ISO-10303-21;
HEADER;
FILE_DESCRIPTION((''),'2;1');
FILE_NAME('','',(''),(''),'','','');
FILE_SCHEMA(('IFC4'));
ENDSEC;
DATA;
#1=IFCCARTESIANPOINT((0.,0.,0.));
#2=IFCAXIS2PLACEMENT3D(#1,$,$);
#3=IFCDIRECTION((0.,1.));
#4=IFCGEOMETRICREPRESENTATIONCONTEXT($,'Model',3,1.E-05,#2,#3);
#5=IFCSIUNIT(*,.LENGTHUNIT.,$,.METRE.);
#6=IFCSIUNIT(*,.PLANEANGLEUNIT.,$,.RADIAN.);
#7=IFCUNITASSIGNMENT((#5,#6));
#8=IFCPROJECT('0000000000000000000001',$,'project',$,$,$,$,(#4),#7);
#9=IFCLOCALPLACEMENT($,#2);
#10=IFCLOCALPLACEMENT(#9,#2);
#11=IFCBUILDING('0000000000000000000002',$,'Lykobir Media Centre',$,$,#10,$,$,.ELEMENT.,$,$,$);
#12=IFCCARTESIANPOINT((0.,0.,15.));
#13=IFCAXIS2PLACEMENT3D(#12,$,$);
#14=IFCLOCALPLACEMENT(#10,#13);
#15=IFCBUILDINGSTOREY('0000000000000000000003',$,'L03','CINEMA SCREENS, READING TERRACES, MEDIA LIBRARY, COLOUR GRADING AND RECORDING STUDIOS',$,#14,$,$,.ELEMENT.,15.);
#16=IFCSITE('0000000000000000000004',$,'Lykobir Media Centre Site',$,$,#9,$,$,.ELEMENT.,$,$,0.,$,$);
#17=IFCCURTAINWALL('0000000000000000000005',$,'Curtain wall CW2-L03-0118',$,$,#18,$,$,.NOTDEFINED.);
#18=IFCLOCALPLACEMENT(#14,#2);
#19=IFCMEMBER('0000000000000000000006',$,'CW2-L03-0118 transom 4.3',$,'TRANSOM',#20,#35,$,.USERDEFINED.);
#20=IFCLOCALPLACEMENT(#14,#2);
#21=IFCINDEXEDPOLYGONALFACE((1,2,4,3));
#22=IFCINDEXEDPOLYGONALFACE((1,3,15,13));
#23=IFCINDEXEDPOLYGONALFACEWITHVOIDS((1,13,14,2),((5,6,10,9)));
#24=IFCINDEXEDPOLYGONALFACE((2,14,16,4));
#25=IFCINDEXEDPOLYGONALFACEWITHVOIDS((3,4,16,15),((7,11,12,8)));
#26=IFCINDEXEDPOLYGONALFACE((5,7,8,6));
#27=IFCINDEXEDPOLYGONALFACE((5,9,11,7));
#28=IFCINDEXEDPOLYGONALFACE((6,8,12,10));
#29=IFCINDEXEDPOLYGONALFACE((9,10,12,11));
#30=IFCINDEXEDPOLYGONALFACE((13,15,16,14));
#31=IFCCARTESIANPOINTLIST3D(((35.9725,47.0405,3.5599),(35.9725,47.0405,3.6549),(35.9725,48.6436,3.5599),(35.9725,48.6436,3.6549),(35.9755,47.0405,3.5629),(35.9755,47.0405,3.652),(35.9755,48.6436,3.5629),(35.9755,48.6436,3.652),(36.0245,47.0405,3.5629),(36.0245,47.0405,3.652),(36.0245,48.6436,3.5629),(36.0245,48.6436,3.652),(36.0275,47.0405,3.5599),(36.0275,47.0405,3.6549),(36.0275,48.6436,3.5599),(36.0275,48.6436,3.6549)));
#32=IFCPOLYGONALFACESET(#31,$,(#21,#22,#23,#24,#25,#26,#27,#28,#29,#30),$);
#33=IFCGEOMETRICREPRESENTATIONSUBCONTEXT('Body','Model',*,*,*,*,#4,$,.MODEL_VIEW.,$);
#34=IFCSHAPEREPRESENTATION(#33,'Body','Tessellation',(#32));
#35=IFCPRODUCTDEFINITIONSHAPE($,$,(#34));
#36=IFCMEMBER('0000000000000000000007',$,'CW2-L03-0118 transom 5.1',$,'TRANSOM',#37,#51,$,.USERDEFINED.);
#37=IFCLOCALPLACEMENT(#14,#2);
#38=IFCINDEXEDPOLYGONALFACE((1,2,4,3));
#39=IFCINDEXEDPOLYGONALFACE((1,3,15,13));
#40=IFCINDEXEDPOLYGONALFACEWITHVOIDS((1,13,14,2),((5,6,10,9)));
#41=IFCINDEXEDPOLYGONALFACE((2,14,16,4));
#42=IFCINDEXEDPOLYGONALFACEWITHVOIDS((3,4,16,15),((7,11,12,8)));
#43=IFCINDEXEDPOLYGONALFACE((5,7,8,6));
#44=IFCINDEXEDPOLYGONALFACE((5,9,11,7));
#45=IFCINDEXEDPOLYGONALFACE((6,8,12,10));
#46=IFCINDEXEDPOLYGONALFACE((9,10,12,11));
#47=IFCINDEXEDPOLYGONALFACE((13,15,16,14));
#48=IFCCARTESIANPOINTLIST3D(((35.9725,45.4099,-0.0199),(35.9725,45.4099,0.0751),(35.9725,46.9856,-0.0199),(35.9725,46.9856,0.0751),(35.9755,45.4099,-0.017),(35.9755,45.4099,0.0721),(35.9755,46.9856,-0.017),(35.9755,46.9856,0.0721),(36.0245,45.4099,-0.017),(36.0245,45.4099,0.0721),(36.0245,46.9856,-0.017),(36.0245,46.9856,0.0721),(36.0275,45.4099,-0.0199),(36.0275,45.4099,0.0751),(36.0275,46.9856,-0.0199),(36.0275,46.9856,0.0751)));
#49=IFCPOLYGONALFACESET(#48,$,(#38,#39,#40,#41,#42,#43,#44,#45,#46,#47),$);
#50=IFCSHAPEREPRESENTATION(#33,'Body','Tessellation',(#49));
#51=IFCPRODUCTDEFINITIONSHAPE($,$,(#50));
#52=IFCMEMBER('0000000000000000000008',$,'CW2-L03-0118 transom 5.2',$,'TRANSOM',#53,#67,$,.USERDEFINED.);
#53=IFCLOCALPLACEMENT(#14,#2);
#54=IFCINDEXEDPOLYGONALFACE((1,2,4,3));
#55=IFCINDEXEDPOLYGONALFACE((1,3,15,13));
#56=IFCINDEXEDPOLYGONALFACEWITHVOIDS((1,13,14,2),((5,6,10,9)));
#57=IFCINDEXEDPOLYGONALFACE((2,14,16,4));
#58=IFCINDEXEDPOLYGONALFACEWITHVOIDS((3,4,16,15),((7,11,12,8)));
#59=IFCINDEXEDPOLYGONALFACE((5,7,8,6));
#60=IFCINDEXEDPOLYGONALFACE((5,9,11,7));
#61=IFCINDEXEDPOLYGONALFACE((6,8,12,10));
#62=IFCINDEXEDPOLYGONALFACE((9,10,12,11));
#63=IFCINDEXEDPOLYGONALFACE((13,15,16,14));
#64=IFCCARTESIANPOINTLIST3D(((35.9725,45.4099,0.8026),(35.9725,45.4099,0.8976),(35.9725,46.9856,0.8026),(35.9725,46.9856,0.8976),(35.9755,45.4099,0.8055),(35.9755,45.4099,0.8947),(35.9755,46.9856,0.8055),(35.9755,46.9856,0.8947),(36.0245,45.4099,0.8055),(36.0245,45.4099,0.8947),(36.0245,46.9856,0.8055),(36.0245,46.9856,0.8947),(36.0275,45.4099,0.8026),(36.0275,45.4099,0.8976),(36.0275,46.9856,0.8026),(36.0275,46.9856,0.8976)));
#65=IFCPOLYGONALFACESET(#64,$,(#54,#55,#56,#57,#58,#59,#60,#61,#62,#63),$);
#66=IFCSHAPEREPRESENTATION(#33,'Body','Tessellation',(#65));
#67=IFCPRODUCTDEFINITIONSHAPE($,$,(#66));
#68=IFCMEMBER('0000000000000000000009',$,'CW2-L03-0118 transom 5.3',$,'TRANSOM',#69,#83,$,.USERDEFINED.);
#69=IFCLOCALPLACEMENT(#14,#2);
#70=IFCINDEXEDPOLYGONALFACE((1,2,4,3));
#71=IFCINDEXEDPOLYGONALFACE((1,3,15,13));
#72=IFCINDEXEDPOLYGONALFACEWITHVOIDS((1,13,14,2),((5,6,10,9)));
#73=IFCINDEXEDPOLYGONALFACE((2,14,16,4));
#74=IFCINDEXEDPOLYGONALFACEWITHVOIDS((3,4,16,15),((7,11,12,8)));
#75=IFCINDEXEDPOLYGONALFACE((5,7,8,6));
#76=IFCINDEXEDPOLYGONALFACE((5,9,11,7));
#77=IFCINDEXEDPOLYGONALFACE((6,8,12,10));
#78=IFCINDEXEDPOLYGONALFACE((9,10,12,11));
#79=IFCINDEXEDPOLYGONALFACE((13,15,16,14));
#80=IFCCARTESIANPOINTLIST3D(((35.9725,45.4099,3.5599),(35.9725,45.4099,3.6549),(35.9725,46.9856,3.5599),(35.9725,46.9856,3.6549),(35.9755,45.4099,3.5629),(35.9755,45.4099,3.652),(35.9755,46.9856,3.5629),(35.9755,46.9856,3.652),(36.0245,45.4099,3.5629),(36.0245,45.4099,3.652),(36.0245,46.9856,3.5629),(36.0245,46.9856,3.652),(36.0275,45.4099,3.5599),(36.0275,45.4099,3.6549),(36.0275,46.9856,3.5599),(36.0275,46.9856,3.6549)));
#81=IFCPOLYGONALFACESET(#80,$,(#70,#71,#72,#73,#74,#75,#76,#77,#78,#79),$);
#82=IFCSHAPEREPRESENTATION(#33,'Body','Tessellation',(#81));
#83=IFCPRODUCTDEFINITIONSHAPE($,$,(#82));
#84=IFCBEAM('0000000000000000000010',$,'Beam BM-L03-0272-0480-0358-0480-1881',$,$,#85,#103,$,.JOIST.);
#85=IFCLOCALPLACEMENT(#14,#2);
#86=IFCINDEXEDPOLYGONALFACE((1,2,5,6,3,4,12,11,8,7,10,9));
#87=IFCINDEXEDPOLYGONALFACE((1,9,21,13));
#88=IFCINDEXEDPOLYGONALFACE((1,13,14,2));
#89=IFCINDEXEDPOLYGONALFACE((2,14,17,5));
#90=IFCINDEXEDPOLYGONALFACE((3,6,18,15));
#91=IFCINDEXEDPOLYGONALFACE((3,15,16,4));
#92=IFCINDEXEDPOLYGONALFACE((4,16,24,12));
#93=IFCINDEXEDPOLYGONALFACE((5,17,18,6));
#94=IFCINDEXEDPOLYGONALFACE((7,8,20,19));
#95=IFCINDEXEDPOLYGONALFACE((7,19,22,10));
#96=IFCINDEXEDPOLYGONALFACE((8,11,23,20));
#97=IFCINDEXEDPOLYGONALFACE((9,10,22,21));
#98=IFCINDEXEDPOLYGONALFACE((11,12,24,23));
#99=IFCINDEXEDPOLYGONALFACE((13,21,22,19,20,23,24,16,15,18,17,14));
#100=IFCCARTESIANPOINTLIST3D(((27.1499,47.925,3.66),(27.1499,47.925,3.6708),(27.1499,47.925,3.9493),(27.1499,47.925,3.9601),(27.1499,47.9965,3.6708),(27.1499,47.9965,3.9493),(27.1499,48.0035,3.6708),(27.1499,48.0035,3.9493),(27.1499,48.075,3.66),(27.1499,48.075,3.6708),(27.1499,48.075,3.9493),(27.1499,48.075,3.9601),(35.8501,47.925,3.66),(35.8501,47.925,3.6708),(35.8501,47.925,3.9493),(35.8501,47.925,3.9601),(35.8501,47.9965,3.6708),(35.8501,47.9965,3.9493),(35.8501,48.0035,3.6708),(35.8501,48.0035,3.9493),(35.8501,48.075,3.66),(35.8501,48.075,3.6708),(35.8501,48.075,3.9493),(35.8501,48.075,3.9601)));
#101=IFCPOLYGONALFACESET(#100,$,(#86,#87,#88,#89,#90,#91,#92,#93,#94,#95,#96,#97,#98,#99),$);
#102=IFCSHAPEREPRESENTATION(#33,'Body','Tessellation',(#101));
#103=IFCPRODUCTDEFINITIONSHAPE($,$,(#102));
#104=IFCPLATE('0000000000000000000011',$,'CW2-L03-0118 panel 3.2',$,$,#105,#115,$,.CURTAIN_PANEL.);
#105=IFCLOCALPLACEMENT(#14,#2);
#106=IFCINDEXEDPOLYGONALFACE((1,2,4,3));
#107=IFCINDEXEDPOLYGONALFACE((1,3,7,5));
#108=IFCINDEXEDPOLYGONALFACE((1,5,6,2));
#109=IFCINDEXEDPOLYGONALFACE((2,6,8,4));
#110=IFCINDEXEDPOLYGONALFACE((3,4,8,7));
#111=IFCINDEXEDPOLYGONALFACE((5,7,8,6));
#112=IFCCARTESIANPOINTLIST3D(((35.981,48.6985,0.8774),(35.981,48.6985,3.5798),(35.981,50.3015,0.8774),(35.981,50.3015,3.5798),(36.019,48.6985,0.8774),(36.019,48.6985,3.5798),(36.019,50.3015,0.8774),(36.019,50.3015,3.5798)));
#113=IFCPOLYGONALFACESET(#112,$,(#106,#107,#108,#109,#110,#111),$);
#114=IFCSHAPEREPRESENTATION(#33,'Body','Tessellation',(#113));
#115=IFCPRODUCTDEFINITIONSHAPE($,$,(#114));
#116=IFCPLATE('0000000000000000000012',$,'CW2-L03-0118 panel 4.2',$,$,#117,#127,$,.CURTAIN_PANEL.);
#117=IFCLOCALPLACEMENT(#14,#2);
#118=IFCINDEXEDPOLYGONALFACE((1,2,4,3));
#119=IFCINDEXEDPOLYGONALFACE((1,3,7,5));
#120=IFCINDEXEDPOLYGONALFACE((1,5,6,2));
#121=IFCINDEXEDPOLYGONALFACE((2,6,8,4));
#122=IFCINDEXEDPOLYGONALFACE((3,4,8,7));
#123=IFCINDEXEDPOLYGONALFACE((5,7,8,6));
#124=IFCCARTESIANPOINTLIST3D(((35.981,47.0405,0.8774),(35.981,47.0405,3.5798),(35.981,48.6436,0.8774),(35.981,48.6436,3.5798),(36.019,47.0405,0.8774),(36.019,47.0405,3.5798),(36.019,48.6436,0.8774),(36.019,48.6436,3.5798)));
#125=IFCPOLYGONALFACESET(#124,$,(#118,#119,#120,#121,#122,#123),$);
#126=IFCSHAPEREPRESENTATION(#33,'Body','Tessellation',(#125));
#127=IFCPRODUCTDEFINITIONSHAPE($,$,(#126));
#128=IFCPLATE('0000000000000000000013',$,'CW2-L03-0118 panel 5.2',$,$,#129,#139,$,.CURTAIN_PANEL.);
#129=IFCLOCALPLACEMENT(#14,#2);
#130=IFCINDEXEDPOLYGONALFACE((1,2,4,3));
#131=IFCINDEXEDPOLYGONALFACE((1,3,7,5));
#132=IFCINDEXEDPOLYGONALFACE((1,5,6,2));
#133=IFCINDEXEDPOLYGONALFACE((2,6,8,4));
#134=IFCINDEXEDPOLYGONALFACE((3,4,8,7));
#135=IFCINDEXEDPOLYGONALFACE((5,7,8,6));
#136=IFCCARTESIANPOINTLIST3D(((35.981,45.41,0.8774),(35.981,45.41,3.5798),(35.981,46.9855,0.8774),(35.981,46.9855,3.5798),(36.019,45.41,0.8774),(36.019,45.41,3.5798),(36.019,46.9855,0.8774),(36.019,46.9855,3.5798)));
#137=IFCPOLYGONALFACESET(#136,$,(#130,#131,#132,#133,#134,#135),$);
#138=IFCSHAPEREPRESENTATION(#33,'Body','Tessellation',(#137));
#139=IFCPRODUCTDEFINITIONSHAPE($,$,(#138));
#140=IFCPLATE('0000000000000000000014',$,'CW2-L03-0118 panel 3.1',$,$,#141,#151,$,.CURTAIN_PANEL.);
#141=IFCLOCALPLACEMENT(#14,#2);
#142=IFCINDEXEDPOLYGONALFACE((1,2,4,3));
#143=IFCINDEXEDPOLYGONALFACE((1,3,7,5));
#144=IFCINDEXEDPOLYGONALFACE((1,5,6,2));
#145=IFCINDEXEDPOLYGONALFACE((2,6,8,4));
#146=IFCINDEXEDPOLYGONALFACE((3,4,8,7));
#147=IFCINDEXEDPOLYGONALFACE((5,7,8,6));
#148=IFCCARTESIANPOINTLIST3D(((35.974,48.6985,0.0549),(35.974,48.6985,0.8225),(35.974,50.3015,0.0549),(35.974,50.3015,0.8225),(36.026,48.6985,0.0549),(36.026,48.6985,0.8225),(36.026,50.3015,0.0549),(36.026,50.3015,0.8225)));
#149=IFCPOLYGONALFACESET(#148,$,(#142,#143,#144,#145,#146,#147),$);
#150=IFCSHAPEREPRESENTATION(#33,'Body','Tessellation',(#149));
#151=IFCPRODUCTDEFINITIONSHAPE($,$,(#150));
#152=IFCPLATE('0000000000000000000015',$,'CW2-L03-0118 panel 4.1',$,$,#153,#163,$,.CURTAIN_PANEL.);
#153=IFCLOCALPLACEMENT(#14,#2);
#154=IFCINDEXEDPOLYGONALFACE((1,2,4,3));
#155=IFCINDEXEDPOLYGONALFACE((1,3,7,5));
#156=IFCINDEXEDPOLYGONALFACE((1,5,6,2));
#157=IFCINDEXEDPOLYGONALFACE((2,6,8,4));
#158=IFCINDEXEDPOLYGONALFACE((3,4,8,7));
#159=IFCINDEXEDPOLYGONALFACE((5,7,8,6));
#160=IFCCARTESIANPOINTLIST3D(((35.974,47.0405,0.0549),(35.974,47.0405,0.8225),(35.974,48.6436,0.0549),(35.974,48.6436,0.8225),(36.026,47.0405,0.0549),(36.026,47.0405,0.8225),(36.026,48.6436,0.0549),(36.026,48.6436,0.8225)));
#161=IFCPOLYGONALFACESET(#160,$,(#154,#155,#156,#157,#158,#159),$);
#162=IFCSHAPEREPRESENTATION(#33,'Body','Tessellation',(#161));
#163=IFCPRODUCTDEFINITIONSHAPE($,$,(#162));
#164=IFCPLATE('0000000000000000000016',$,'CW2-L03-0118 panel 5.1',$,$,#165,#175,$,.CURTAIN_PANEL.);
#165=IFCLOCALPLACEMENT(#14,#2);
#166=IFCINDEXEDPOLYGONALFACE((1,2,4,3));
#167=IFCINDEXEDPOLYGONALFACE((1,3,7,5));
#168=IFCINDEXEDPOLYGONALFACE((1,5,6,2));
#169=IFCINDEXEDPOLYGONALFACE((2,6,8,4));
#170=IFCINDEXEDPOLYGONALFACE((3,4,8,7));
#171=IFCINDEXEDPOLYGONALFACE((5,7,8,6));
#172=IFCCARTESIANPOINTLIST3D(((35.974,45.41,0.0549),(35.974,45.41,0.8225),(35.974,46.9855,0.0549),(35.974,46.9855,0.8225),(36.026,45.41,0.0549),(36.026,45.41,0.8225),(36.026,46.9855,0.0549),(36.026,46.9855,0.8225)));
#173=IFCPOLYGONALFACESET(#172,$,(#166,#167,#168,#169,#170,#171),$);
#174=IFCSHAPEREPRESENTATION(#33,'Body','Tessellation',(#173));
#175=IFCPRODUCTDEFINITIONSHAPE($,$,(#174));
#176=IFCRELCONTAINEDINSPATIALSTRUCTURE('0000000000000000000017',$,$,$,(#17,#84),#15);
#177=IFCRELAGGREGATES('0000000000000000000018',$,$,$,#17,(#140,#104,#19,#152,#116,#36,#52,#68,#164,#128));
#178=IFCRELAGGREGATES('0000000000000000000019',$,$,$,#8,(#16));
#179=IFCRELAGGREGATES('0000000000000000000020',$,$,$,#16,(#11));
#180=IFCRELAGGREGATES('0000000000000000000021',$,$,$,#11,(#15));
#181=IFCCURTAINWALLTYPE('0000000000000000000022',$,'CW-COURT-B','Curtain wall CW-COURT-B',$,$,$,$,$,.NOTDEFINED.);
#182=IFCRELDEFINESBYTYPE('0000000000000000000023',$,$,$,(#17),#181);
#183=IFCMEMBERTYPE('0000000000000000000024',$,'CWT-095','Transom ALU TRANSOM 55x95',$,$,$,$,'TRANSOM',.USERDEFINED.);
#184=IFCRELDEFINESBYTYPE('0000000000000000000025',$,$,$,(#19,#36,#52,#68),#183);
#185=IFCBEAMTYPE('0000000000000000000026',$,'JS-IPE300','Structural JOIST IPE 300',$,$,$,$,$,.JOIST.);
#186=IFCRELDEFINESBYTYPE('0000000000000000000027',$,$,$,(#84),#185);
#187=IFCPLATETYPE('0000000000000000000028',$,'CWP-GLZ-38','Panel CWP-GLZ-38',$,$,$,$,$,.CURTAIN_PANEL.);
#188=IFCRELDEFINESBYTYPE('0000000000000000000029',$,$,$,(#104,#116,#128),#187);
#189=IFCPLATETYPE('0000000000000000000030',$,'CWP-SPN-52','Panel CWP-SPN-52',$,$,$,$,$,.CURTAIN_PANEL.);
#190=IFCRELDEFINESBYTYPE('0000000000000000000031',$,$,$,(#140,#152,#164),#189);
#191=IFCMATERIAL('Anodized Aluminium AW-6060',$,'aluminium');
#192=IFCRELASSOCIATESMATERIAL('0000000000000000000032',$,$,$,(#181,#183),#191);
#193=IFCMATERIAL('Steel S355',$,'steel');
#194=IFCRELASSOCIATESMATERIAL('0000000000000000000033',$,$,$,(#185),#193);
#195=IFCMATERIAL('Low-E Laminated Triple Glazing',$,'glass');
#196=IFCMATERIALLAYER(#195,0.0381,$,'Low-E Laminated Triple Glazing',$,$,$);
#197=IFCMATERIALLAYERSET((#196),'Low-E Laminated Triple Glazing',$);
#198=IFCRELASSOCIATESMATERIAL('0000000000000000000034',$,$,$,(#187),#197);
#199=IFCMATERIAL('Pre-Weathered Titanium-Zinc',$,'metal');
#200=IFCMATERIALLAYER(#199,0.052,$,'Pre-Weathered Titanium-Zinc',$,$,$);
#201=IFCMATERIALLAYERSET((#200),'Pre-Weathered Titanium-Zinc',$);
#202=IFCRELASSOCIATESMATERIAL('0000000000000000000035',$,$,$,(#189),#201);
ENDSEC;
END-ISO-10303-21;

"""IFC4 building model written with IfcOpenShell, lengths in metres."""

from ifc_helpers import new_model, si_unit, direction, frame, origin, origin_2d, place, context, subcontext, project, spatial, rectangle, hollow_rectangle, i_section, extrude, material, layer, layer_set, material_profile, profile_set, type_object, element, aggregate, save


model = new_model("IFC4")

# Units and contexts
model_context = context("Model", 3, precision=1e-05, world=origin(), true_north=direction((0.0, 1.0)))
body_context = subcontext(model_context, "Body", "Model", "MODEL_VIEW")
ifc_project = project(units=[si_unit("LENGTHUNIT", "METRE"), si_unit("PLANEANGLEUNIT", "RADIAN")], contexts=[model_context])

# Site, building, storey
site_placement = place(None, origin())
site = spatial("IfcSite", under=ifc_project, at=site_placement, Name="Lykobir Media Centre Site", CompositionType="ELEMENT", RefElevation=0.0)
building_placement = place(site_placement, origin())
building = spatial("IfcBuilding", under=site, at=building_placement, Name="Lykobir Media Centre", CompositionType="ELEMENT")
storey_placement = place(building_placement, frame((0.0, 0.0, 15.0)))
storey = spatial("IfcBuildingStorey", under=building, at=storey_placement, Name="L03", Description="CINEMA SCREENS, READING TERRACES, MEDIA LIBRARY, COLOUR GRADING AND RECORDING STUDIOS", CompositionType="ELEMENT", Elevation=15.0)

# Shared definitions
ifc_material_1 = material(Name="Steel S355", Category="steel")

# Curtain wall, members
ifc_material_2 = material(Name="Anodized Aluminium AW-6060", Category="aluminium")
curtain_wall_type = type_object("IfcCurtainWallType", Name="CW-COURT-B", Description="Curtain wall CW-COURT-B", PredefinedType="NOTDEFINED", material=ifc_material_2)
curtain_wall_placement = place(storey_placement, origin())
curtain_wall = element("IfcCurtainWall", 1, at=curtain_wall_placement, inside=storey, type_object=curtain_wall_type, Name="Curtain wall CW2-L03-0118", PredefinedType="NOTDEFINED")
ifc_material_profile_1 = material_profile(ifc_material_2, hollow_rectangle(XDim=0.0549, YDim=0.095, WallThickness=0.0029, at=origin_2d()), Name="ALU TRANSOM 55x95")
ifc_profile_set_1 = profile_set([ifc_material_profile_1], Name="Anodized Aluminium AW-6060")
member_type_1 = type_object("IfcMemberType", Name="CWT-095", Description="Transom ALU TRANSOM 55x95", ElementType="TRANSOM", PredefinedType="USERDEFINED", material=ifc_profile_set_1)
member_1_placement = place(storey_placement, frame((36.0, 48.6436, 3.6074), z_axis=(0.0, -1.0, 0.0), x_axis=(1.0, 0.0, 0.0)))
member_1 = element("IfcMember", 2, at=member_1_placement, type_object=member_type_1, Name="CW2-L03-0118 transom 4.3", ObjectType="TRANSOM", PredefinedType="USERDEFINED", context=body_context, shape_type="SweptSolid", body=[
    extrude(hollow_rectangle(XDim=0.0549, YDim=0.095, WallThickness=0.0029, at=origin_2d()), origin(), (0.0, 0.0, 1.0), 1.603),
])
member_2_placement = place(storey_placement, frame((36.0, 46.9856, 0.0276), z_axis=(0.0, -1.0, 0.0), x_axis=(1.0, 0.0, 0.0)))
member_2 = element("IfcMember", 3, at=member_2_placement, type_object=member_type_1, Name="CW2-L03-0118 transom 5.1", ObjectType="TRANSOM", PredefinedType="USERDEFINED", context=body_context, shape_type="SweptSolid", body=[
    extrude(hollow_rectangle(XDim=0.0549, YDim=0.095, WallThickness=0.0029, at=origin_2d()), origin(), (0.0, 0.0, 1.0), 1.5757),
])
member_3_placement = place(storey_placement, frame((36.0, 46.9856, 0.8501), z_axis=(0.0, -1.0, 0.0), x_axis=(1.0, 0.0, 0.0)))
member_3 = element("IfcMember", 4, at=member_3_placement, type_object=member_type_1, Name="CW2-L03-0118 transom 5.2", ObjectType="TRANSOM", PredefinedType="USERDEFINED", context=body_context, shape_type="SweptSolid", body=[
    extrude(hollow_rectangle(XDim=0.0549, YDim=0.095, WallThickness=0.0029, at=origin_2d()), origin(), (0.0, 0.0, 1.0), 1.5757),
])
member_4_placement = place(storey_placement, frame((36.0, 46.9856, 3.6074), z_axis=(0.0, -1.0, 0.0), x_axis=(1.0, 0.0, 0.0)))
member_4 = element("IfcMember", 5, at=member_4_placement, type_object=member_type_1, Name="CW2-L03-0118 transom 5.3", ObjectType="TRANSOM", PredefinedType="USERDEFINED", context=body_context, shape_type="SweptSolid", body=[
    extrude(hollow_rectangle(XDim=0.0549, YDim=0.095, WallThickness=0.0029, at=origin_2d()), origin(), (0.0, 0.0, 1.0), 1.5757),
])

# Beam
ifc_material_profile_2 = material_profile(ifc_material_1, i_section(OverallWidth=0.1499, OverallDepth=0.3, WebThickness=0.0071, FlangeThickness=0.0107, at=origin_2d()), Name="IPE 300")
ifc_profile_set_2 = profile_set([ifc_material_profile_2], Name="Steel S355")
beam_type_1 = type_object("IfcBeamType", Name="JS-IPE300", Description="Structural JOIST IPE 300", PredefinedType="JOIST", material=ifc_profile_set_2)
beam_1_placement = place(storey_placement, frame((27.1499, 48.0, 3.8101), z_axis=(1.0, 0.0, 0.0), x_axis=(0.0, 1.0, 0.0)))
element("IfcBeam", 6, at=beam_1_placement, inside=storey, type_object=beam_type_1, Name="Beam BM-L03-0272-0480-0358-0480-1881", PredefinedType="JOIST", context=body_context, shape_type="SweptSolid", body=[
    extrude(i_section(OverallWidth=0.1499, OverallDepth=0.3, WebThickness=0.0071, FlangeThickness=0.0107, at=origin_2d()), origin(), (0.0, 0.0, 1.0), 8.7002),
])

# Plates
ifc_material_3 = material(Name="Low-E Laminated Triple Glazing", Category="glass")
ifc_layer_1 = layer(ifc_material_3, 0.0381, Name="Low-E Laminated Triple Glazing")
ifc_layer_set_1 = layer_set([ifc_layer_1], Name="Low-E Laminated Triple Glazing")
plate_type_1 = type_object("IfcPlateType", Name="CWP-GLZ-38", Description="Panel CWP-GLZ-38", PredefinedType="CURTAIN_PANEL", material=ifc_layer_set_1)
plate_1_placement = place(storey_placement, frame((36.0, 49.5, 0.8774), z_axis=(0.0, 0.0, 1.0), x_axis=(0.0, -1.0, 0.0)))
plate_1 = element("IfcPlate", 7, at=plate_1_placement, type_object=plate_type_1, Name="CW2-L03-0118 panel 3.2", PredefinedType="CURTAIN_PANEL", context=body_context, shape_type="SweptSolid", body=[
    extrude(rectangle(XDim=1.603, YDim=0.0381, at=origin_2d()), origin(), (0.0, 0.0, 1.0), 2.7024),
])
plate_2_placement = place(storey_placement, frame((36.0, 47.842, 0.8774), z_axis=(0.0, 0.0, 1.0), x_axis=(0.0, -1.0, 0.0)))
plate_2 = element("IfcPlate", 8, at=plate_2_placement, type_object=plate_type_1, Name="CW2-L03-0118 panel 4.2", PredefinedType="CURTAIN_PANEL", context=body_context, shape_type="SweptSolid", body=[
    extrude(rectangle(XDim=1.603, YDim=0.0381, at=origin_2d()), origin(), (0.0, 0.0, 1.0), 2.7024),
])
plate_3_placement = place(storey_placement, frame((36.0, 46.1978, 0.8774), z_axis=(0.0, 0.0, 1.0), x_axis=(0.0, -1.0, 0.0)))
plate_3 = element("IfcPlate", 9, at=plate_3_placement, type_object=plate_type_1, Name="CW2-L03-0118 panel 5.2", PredefinedType="CURTAIN_PANEL", context=body_context, shape_type="SweptSolid", body=[
    extrude(rectangle(XDim=1.5754, YDim=0.0381, at=origin_2d()), origin(), (0.0, 0.0, 1.0), 2.7024),
])
ifc_material_4 = material(Name="Pre-Weathered Titanium-Zinc", Category="metal")
ifc_layer_2 = layer(ifc_material_4, 0.052, Name="Pre-Weathered Titanium-Zinc")
ifc_layer_set_2 = layer_set([ifc_layer_2], Name="Pre-Weathered Titanium-Zinc")
plate_type_2 = type_object("IfcPlateType", Name="CWP-SPN-52", Description="Panel CWP-SPN-52", PredefinedType="CURTAIN_PANEL", material=ifc_layer_set_2)
plate_4_placement = place(storey_placement, frame((36.0, 49.5, 0.0549), z_axis=(0.0, 0.0, 1.0), x_axis=(0.0, -1.0, 0.0)))
plate_4 = element("IfcPlate", 10, at=plate_4_placement, type_object=plate_type_2, Name="CW2-L03-0118 panel 3.1", PredefinedType="CURTAIN_PANEL", context=body_context, shape_type="SweptSolid", body=[
    extrude(rectangle(XDim=1.603, YDim=0.052, at=origin_2d()), origin(), (0.0, 0.0, 1.0), 0.7676),
])
plate_5_placement = place(storey_placement, frame((36.0, 47.842, 0.0549), z_axis=(0.0, 0.0, 1.0), x_axis=(0.0, -1.0, 0.0)))
plate_5 = element("IfcPlate", 11, at=plate_5_placement, type_object=plate_type_2, Name="CW2-L03-0118 panel 4.1", PredefinedType="CURTAIN_PANEL", context=body_context, shape_type="SweptSolid", body=[
    extrude(rectangle(XDim=1.603, YDim=0.052, at=origin_2d()), origin(), (0.0, 0.0, 1.0), 0.7676),
])
plate_6_placement = place(storey_placement, frame((36.0, 46.1978, 0.0549), z_axis=(0.0, 0.0, 1.0), x_axis=(0.0, -1.0, 0.0)))
plate_6 = element("IfcPlate", 12, at=plate_6_placement, type_object=plate_type_2, Name="CW2-L03-0118 panel 5.1", PredefinedType="CURTAIN_PANEL", context=body_context, shape_type="SweptSolid", body=[
    extrude(rectangle(XDim=1.5754, YDim=0.052, at=origin_2d()), origin(), (0.0, 0.0, 1.0), 0.7676),
])
aggregate(curtain_wall, [plate_4, plate_1, member_1, plate_5, plate_2, member_2, member_3, member_4, plate_6, plate_3])

save(model, "model.ifc")
